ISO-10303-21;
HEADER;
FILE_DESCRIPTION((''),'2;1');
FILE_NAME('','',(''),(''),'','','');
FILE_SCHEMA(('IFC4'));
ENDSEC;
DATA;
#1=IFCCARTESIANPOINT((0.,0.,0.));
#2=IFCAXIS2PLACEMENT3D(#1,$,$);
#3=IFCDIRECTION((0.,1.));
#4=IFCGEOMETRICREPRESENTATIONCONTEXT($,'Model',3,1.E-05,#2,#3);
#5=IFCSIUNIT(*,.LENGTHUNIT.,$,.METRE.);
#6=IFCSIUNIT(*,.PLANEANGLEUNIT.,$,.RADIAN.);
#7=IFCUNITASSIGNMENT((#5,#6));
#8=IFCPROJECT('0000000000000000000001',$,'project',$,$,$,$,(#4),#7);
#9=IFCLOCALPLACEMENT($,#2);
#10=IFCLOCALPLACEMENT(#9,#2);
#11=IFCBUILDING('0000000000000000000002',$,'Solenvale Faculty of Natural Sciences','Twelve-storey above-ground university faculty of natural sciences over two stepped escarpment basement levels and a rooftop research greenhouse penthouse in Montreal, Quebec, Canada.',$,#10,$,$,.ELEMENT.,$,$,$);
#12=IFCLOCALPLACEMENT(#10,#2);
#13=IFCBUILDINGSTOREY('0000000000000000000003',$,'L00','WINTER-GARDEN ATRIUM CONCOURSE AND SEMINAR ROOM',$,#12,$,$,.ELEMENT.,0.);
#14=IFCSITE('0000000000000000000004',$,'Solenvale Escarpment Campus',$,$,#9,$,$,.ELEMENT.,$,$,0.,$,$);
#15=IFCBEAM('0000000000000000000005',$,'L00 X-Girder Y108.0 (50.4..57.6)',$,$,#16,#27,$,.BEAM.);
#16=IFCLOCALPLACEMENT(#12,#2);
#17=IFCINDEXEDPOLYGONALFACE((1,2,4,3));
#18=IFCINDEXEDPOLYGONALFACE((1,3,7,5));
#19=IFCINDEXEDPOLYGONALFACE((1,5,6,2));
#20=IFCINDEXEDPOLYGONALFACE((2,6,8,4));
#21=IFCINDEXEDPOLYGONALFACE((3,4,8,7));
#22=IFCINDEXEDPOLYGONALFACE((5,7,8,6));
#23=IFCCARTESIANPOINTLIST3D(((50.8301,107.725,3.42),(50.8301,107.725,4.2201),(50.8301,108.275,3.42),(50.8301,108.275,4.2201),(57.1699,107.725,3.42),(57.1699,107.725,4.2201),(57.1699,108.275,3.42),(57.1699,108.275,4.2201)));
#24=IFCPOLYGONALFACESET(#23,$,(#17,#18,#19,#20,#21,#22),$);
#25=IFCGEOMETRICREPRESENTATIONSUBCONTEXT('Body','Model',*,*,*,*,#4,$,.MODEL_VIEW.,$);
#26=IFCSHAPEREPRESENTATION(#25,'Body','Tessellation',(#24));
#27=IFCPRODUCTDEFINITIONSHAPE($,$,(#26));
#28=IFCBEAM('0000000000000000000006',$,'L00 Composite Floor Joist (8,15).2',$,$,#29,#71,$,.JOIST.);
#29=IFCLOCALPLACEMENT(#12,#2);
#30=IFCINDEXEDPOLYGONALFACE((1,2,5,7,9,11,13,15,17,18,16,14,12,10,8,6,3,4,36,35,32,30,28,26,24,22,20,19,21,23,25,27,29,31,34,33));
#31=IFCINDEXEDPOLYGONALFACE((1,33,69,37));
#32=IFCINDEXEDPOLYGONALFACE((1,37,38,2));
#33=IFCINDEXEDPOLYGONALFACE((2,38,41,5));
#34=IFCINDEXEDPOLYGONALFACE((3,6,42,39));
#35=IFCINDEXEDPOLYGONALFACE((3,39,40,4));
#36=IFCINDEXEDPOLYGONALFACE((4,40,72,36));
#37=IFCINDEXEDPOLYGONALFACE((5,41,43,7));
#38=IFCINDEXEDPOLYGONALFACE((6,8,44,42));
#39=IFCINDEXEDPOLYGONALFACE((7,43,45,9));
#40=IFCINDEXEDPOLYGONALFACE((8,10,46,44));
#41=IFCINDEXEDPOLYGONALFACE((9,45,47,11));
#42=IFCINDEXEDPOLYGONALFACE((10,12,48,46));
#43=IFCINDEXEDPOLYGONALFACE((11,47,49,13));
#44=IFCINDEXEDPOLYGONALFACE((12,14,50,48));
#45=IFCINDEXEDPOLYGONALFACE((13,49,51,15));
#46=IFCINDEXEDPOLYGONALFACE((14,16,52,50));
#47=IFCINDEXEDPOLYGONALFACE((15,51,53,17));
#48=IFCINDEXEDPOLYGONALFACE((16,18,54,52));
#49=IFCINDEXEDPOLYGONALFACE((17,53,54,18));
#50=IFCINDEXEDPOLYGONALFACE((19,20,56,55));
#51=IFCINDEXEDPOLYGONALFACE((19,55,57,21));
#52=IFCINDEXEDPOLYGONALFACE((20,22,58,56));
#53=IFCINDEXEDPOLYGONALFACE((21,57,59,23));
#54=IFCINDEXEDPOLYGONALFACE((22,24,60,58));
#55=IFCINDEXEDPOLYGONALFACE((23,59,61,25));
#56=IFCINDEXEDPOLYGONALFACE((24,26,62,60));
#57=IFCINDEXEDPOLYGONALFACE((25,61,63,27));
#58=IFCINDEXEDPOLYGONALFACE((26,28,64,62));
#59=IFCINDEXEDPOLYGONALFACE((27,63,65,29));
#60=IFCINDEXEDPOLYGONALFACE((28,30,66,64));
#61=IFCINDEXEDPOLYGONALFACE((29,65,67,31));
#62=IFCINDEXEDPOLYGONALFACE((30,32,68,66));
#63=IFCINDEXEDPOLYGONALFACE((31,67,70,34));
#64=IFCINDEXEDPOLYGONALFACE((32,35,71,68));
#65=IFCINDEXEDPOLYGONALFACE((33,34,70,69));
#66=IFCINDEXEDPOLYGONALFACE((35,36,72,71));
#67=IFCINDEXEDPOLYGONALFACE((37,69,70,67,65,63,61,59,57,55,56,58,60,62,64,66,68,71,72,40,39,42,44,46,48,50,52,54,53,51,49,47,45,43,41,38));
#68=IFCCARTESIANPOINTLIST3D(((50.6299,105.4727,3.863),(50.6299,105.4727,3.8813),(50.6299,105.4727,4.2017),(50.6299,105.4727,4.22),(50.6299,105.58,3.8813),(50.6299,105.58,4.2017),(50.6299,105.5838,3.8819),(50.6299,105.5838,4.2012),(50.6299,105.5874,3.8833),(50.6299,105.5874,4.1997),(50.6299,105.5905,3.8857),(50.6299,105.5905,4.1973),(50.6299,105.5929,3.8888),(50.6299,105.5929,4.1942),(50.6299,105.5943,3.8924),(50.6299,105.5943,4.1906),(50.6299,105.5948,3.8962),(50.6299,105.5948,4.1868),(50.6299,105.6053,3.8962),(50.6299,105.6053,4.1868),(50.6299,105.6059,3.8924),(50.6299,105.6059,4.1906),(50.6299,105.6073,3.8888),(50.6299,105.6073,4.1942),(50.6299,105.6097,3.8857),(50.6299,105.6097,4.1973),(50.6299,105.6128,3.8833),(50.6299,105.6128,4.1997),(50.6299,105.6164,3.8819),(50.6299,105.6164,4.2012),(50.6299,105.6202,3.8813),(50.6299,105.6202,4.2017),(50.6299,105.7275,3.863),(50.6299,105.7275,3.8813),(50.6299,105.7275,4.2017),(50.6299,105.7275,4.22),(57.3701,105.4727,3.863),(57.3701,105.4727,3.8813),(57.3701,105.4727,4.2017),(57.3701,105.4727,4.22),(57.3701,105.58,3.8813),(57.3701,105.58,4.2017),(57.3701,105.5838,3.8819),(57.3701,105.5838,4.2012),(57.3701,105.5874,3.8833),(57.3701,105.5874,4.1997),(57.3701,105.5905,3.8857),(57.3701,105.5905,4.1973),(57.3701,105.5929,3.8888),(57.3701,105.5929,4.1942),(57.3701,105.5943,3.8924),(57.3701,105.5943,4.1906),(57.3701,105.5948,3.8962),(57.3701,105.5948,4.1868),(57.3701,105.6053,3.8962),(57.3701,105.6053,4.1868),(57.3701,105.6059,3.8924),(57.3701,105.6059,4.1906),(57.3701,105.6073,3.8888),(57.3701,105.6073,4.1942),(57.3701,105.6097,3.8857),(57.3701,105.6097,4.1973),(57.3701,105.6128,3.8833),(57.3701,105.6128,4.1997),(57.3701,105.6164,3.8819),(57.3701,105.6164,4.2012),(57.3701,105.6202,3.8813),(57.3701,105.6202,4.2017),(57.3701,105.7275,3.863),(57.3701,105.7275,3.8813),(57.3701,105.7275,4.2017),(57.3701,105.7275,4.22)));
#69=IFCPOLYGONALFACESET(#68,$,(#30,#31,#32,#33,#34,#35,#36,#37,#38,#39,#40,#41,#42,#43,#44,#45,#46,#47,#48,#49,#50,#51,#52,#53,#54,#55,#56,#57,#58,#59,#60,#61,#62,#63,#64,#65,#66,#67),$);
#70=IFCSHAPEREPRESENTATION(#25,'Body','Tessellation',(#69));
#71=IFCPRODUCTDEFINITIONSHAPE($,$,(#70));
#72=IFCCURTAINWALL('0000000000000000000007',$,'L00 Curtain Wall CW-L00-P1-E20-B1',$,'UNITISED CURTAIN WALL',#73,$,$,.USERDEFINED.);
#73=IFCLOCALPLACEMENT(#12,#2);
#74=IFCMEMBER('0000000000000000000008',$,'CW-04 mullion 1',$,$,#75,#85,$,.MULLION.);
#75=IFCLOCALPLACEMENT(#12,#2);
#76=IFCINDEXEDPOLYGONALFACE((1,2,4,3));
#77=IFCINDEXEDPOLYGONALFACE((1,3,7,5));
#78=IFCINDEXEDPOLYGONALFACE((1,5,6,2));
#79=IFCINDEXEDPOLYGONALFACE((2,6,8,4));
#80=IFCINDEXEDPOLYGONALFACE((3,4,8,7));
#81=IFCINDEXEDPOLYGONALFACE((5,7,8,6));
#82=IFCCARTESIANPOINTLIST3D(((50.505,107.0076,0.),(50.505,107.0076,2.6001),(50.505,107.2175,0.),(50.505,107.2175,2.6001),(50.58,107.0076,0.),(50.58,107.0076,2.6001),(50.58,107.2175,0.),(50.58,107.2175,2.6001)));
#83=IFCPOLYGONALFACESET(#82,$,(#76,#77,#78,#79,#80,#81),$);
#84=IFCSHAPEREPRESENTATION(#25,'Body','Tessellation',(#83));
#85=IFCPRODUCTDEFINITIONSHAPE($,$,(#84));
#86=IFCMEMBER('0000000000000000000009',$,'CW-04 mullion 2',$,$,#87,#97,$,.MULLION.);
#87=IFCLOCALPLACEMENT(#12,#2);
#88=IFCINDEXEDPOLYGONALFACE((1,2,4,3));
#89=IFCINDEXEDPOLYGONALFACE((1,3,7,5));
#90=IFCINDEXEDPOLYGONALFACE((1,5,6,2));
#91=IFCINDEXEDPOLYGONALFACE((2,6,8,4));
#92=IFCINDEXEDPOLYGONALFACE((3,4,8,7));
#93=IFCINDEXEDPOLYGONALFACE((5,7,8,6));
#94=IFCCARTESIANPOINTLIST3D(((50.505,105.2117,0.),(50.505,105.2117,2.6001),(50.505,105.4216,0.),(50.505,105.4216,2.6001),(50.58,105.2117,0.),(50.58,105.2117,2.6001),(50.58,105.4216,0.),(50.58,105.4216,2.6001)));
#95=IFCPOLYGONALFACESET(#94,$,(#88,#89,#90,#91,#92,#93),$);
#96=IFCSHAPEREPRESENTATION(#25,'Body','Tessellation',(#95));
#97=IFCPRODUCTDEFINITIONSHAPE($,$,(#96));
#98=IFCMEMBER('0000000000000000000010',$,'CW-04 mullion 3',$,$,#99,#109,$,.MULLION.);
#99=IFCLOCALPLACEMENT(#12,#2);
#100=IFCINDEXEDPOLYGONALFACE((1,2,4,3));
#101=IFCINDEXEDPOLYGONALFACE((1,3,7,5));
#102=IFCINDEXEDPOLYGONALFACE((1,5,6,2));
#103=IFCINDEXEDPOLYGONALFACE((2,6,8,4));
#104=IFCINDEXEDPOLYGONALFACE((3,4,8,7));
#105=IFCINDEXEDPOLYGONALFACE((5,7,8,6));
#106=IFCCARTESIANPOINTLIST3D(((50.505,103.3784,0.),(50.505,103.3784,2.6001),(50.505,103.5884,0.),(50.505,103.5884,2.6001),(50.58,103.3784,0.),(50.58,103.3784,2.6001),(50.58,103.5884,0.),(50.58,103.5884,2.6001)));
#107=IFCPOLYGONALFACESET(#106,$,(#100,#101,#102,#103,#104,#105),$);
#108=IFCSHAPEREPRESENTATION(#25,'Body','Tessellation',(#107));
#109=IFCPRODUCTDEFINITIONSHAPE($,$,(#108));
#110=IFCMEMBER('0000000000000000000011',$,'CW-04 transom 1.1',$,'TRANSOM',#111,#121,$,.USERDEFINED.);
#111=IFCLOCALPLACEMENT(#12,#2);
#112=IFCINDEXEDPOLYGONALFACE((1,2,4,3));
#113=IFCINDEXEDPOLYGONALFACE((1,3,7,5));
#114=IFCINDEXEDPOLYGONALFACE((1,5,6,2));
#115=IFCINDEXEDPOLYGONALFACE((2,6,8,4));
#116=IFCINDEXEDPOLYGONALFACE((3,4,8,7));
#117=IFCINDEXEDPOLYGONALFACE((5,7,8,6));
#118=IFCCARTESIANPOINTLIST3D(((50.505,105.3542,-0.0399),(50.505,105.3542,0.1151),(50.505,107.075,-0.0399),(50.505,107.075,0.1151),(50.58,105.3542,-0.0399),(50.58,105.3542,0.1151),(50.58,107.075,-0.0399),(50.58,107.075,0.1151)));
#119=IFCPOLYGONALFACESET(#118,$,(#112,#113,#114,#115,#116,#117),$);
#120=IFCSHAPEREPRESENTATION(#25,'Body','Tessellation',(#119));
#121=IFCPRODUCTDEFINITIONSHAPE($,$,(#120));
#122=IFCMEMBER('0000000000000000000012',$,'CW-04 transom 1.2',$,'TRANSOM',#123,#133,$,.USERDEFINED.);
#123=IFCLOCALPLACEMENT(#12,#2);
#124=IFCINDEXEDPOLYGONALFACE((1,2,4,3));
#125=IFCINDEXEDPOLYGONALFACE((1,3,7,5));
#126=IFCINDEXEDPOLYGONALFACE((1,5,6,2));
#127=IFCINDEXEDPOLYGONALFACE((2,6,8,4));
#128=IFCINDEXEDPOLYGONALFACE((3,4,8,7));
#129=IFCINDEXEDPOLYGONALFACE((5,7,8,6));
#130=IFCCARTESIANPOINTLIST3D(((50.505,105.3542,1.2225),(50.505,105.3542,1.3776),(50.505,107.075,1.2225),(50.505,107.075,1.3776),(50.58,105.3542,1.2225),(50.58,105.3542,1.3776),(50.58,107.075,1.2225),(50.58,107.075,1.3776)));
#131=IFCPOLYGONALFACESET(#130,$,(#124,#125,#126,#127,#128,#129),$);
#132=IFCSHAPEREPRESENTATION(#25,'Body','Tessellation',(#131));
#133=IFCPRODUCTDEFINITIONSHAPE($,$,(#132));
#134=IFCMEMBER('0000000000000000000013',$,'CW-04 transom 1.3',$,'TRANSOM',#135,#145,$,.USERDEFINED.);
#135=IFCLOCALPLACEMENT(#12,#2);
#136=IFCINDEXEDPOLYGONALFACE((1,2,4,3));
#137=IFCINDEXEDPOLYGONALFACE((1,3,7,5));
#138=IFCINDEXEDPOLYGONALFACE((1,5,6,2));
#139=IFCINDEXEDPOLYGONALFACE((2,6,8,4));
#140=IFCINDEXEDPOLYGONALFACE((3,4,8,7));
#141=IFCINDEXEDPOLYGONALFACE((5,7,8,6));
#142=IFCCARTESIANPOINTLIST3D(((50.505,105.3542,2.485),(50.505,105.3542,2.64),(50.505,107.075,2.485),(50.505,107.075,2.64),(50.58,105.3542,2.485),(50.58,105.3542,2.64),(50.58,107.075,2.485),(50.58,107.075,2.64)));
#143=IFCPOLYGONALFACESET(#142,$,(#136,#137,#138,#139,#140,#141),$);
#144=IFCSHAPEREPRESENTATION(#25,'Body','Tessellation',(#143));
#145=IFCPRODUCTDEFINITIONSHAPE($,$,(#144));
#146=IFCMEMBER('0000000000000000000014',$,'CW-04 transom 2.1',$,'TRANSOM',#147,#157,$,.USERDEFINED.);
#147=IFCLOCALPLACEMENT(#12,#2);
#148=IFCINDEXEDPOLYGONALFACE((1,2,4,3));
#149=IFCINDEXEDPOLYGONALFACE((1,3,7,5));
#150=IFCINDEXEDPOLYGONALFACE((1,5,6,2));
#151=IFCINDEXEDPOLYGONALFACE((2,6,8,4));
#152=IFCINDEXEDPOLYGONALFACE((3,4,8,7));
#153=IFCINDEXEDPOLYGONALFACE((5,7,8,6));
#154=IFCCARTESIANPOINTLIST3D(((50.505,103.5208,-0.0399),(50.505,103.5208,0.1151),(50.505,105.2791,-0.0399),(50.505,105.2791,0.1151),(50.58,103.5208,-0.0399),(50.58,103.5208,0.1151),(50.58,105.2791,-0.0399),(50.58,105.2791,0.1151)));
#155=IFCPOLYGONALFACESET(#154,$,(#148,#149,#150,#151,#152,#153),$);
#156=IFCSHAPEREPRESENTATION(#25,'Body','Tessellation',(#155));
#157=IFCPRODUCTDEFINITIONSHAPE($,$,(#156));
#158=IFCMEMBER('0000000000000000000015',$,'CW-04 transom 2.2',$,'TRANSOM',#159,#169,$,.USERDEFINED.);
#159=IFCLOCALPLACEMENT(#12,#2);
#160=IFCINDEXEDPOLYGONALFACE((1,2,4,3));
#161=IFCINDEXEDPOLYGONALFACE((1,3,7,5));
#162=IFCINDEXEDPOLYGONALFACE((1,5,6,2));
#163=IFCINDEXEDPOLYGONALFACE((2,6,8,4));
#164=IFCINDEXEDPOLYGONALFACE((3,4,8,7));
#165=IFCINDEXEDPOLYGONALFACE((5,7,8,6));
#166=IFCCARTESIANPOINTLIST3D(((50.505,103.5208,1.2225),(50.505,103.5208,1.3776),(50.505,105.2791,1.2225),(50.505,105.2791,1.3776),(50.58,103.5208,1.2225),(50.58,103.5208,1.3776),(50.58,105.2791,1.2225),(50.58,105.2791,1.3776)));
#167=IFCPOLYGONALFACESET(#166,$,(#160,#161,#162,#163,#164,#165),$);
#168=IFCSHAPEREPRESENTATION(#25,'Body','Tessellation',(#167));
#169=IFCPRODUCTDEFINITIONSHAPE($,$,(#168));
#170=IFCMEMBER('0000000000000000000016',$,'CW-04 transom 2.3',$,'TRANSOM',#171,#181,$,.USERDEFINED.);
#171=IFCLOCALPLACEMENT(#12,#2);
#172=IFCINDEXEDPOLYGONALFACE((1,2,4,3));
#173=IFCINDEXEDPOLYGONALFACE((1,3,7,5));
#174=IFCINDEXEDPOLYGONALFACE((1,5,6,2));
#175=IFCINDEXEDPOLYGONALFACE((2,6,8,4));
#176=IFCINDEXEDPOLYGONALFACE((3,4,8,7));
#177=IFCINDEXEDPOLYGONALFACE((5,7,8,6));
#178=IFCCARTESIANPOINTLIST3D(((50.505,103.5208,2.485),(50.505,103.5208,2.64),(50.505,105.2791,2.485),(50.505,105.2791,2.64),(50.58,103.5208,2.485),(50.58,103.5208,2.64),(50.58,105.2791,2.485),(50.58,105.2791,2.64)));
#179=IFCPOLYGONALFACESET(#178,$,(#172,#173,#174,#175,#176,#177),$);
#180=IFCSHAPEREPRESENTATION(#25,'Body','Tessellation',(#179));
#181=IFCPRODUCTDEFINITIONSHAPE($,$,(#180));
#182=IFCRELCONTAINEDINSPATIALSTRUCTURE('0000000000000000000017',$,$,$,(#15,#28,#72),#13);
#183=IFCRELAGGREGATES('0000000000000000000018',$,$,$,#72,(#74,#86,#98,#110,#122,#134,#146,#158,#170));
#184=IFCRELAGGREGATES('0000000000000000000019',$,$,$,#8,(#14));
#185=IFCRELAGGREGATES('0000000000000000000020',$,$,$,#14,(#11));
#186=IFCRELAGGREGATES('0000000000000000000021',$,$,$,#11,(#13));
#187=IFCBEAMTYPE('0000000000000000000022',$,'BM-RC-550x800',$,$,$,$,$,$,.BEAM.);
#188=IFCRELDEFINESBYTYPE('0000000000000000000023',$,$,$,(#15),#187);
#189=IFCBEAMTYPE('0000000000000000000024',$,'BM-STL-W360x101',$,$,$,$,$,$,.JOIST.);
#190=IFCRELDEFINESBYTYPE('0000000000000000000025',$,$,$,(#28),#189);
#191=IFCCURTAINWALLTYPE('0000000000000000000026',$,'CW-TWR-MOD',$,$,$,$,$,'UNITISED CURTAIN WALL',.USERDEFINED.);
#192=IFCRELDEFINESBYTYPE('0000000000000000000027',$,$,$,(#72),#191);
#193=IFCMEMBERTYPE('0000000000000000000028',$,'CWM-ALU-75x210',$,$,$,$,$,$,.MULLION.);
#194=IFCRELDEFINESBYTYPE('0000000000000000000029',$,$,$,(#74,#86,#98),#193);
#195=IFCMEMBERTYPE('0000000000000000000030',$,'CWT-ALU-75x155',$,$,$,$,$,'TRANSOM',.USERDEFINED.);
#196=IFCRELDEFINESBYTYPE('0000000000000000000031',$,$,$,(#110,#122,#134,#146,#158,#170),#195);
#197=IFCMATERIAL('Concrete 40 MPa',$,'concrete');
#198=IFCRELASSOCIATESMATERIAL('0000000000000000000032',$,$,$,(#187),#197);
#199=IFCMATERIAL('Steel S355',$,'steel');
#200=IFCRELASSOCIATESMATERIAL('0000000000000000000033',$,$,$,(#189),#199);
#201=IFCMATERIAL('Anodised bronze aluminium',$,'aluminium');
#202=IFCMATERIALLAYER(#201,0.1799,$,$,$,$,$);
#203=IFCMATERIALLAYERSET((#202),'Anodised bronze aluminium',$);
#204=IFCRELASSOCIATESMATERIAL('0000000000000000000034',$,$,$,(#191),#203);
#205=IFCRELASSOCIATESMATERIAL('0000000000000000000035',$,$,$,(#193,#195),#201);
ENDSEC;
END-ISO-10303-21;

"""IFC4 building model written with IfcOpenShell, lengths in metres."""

from ifc_helpers import new_model, si_unit, direction, frame, origin, origin_2d, place, context, subcontext, project, spatial, rectangle, i_section, extrude, material, layer, layer_set, material_profile, profile_set, type_object, element, aggregate, save


model = new_model("IFC4")

# Units and contexts
model_context = context("Model", 3, precision=1e-05, world=origin(), true_north=direction((0.0, 1.0)))
body_context = subcontext(model_context, "Body", "Model", "MODEL_VIEW")
ifc_project = project(units=[si_unit("LENGTHUNIT", "METRE"), si_unit("PLANEANGLEUNIT", "RADIAN")], contexts=[model_context])

# Site, building, storey
site_placement = place(None, origin())
site = spatial("IfcSite", under=ifc_project, at=site_placement, Name="Solenvale Escarpment Campus", CompositionType="ELEMENT", RefElevation=0.0)
building_placement = place(site_placement, origin())
building = spatial("IfcBuilding", under=site, at=building_placement, Name="Solenvale Faculty of Natural Sciences", Description="Twelve-storey above-ground university faculty of natural sciences over two stepped escarpment basement levels and a rooftop research greenhouse penthouse in Montreal, Quebec, Canada.", CompositionType="ELEMENT")
storey_placement = place(building_placement, origin())
storey = spatial("IfcBuildingStorey", under=building, at=storey_placement, Name="L00", Description="WINTER-GARDEN ATRIUM CONCOURSE AND SEMINAR ROOM", CompositionType="ELEMENT", Elevation=0.0)

# Beams
ifc_material_1 = material(Name="Concrete 40 MPa", Category="concrete")
ifc_material_profile_1 = material_profile(ifc_material_1, rectangle(XDim=0.55, YDim=0.8, at=origin_2d()), Name="RC-BM-550x800")
ifc_profile_set_1 = profile_set([ifc_material_profile_1], Name="Concrete 40 MPa")
beam_type_1 = type_object("IfcBeamType", Name="BM-RC-550x800", PredefinedType="BEAM", material=ifc_profile_set_1)
beam_1_placement = place(storey_placement, frame((50.8301, 108.0, 3.8201), z_axis=(1.0, 0.0, 0.0), x_axis=(0.0, 1.0, 0.0)))
element("IfcBeam", 1, at=beam_1_placement, inside=storey, type_object=beam_type_1, Name="L00 X-Girder Y108.0 (50.4..57.6)", PredefinedType="BEAM", context=body_context, shape_type="SweptSolid", body=[
    extrude(rectangle(XDim=0.55, YDim=0.8, at=origin_2d()), origin(), (0.0, 0.0, 1.0), 6.3398),
])
ifc_material_2 = material(Name="Steel S355", Category="steel")
ifc_material_profile_2 = material_profile(ifc_material_2, i_section(OverallWidth=0.2549, OverallDepth=0.3569, WebThickness=0.0105, FlangeThickness=0.0183, FilletRadius=0.0149, at=origin_2d()), Name="W360x101")
ifc_profile_set_2 = profile_set([ifc_material_profile_2], Name="Steel S355")
beam_type_2 = type_object("IfcBeamType", Name="BM-STL-W360x101", PredefinedType="JOIST", material=ifc_profile_set_2)
beam_2_placement = place(storey_placement, frame((50.6299, 105.6001, 4.0415), z_axis=(1.0, 0.0, 0.0), x_axis=(0.0, 1.0, 0.0)))
element("IfcBeam", 2, at=beam_2_placement, inside=storey, type_object=beam_type_2, Name="L00 Composite Floor Joist (8,15).2", PredefinedType="JOIST", context=body_context, shape_type="SweptSolid", body=[
    extrude(i_section(OverallWidth=0.2549, OverallDepth=0.3569, WebThickness=0.0105, FlangeThickness=0.0183, FilletRadius=0.0149, at=origin_2d()), origin(), (0.0, 0.0, 1.0), 6.7402),
])

# Curtain wall, members
ifc_material_3 = material(Name="Anodised bronze aluminium", Category="aluminium")
ifc_layer_1 = layer(ifc_material_3, 0.1799)
ifc_layer_set_1 = layer_set([ifc_layer_1], Name="Anodised bronze aluminium")
curtain_wall_type = type_object("IfcCurtainWallType", Name="CW-TWR-MOD", ElementType="UNITISED CURTAIN WALL", PredefinedType="USERDEFINED", material=ifc_layer_set_1)
curtain_wall_placement = place(storey_placement, origin())
curtain_wall = element("IfcCurtainWall", 3, at=curtain_wall_placement, inside=storey, type_object=curtain_wall_type, Name="L00 Curtain Wall CW-L00-P1-E20-B1", ObjectType="UNITISED CURTAIN WALL", PredefinedType="USERDEFINED")
ifc_material_profile_3 = material_profile(ifc_material_3, rectangle(XDim=0.075, YDim=0.21, at=origin_2d()), Name="ALU-MUL-75x210")
ifc_profile_set_3 = profile_set([ifc_material_profile_3], Name="Anodised bronze aluminium")
member_type_1 = type_object("IfcMemberType", Name="CWM-ALU-75x210", PredefinedType="MULLION", material=ifc_profile_set_3)
member_1_placement = place(storey_placement, frame((50.5425, 107.1125, 0.0), z_axis=(0.0, 0.0, 1.0), x_axis=(1.0, 0.0, 0.0)))
member_1 = element("IfcMember", 4, at=member_1_placement, type_object=member_type_1, Name="CW-04 mullion 1", PredefinedType="MULLION", context=body_context, shape_type="SweptSolid", body=[
    extrude(rectangle(XDim=0.075, YDim=0.21, at=origin_2d()), origin(), (0.0, 0.0, 1.0), 2.6001),
])
member_2_placement = place(storey_placement, frame((50.5425, 105.3167, 0.0), z_axis=(0.0, 0.0, 1.0), x_axis=(1.0, 0.0, 0.0)))
member_2 = element("IfcMember", 5, at=member_2_placement, type_object=member_type_1, Name="CW-04 mullion 2", PredefinedType="MULLION", context=body_context, shape_type="SweptSolid", body=[
    extrude(rectangle(XDim=0.075, YDim=0.21, at=origin_2d()), origin(), (0.0, 0.0, 1.0), 2.6001),
])
member_3_placement = place(storey_placement, frame((50.5425, 103.4834, 0.0), z_axis=(0.0, 0.0, 1.0), x_axis=(1.0, 0.0, 0.0)))
member_3 = element("IfcMember", 6, at=member_3_placement, type_object=member_type_1, Name="CW-04 mullion 3", PredefinedType="MULLION", context=body_context, shape_type="SweptSolid", body=[
    extrude(rectangle(XDim=0.075, YDim=0.21, at=origin_2d()), origin(), (0.0, 0.0, 1.0), 2.6001),
])
ifc_material_profile_4 = material_profile(ifc_material_3, rectangle(XDim=0.075, YDim=0.155, at=origin_2d()), Name="ALU-TRN-75x155")
ifc_profile_set_4 = profile_set([ifc_material_profile_4], Name="Anodised bronze aluminium")
member_type_2 = type_object("IfcMemberType", Name="CWT-ALU-75x155", ElementType="TRANSOM", PredefinedType="USERDEFINED", material=ifc_profile_set_4)
member_4_placement = place(storey_placement, frame((50.5425, 107.075, 0.0376), z_axis=(0.0, -1.0, 0.0), x_axis=(1.0, 0.0, 0.0)))
member_4 = element("IfcMember", 7, at=member_4_placement, type_object=member_type_2, Name="CW-04 transom 1.1", ObjectType="TRANSOM", PredefinedType="USERDEFINED", context=body_context, shape_type="SweptSolid", body=[
    extrude(rectangle(XDim=0.075, YDim=0.155, at=origin_2d()), origin(), (0.0, 0.0, 1.0), 1.7207),
])
member_5_placement = place(storey_placement, frame((50.5425, 107.075, 1.3), z_axis=(0.0, -1.0, 0.0), x_axis=(1.0, 0.0, 0.0)))
member_5 = element("IfcMember", 8, at=member_5_placement, type_object=member_type_2, Name="CW-04 transom 1.2", ObjectType="TRANSOM", PredefinedType="USERDEFINED", context=body_context, shape_type="SweptSolid", body=[
    extrude(rectangle(XDim=0.075, YDim=0.155, at=origin_2d()), origin(), (0.0, 0.0, 1.0), 1.7207),
])
member_6_placement = place(storey_placement, frame((50.5425, 107.075, 2.5625), z_axis=(0.0, -1.0, 0.0), x_axis=(1.0, 0.0, 0.0)))
member_6 = element("IfcMember", 9, at=member_6_placement, type_object=member_type_2, Name="CW-04 transom 1.3", ObjectType="TRANSOM", PredefinedType="USERDEFINED", context=body_context, shape_type="SweptSolid", body=[
    extrude(rectangle(XDim=0.075, YDim=0.155, at=origin_2d()), origin(), (0.0, 0.0, 1.0), 1.7207),
])
member_7_placement = place(storey_placement, frame((50.5425, 105.2791, 0.0376), z_axis=(0.0, -1.0, 0.0), x_axis=(1.0, 0.0, 0.0)))
member_7 = element("IfcMember", 10, at=member_7_placement, type_object=member_type_2, Name="CW-04 transom 2.1", ObjectType="TRANSOM", PredefinedType="USERDEFINED", context=body_context, shape_type="SweptSolid", body=[
    extrude(rectangle(XDim=0.075, YDim=0.155, at=origin_2d()), origin(), (0.0, 0.0, 1.0), 1.7583),
])
member_8_placement = place(storey_placement, frame((50.5425, 105.2791, 1.3), z_axis=(0.0, -1.0, 0.0), x_axis=(1.0, 0.0, 0.0)))
member_8 = element("IfcMember", 11, at=member_8_placement, type_object=member_type_2, Name="CW-04 transom 2.2", ObjectType="TRANSOM", PredefinedType="USERDEFINED", context=body_context, shape_type="SweptSolid", body=[
    extrude(rectangle(XDim=0.075, YDim=0.155, at=origin_2d()), origin(), (0.0, 0.0, 1.0), 1.7583),
])
member_9_placement = place(storey_placement, frame((50.5425, 105.2791, 2.5625), z_axis=(0.0, -1.0, 0.0), x_axis=(1.0, 0.0, 0.0)))
member_9 = element("IfcMember", 12, at=member_9_placement, type_object=member_type_2, Name="CW-04 transom 2.3", ObjectType="TRANSOM", PredefinedType="USERDEFINED", context=body_context, shape_type="SweptSolid", body=[
    extrude(rectangle(XDim=0.075, YDim=0.155, at=origin_2d()), origin(), (0.0, 0.0, 1.0), 1.7583),
])
aggregate(curtain_wall, [member_1, member_2, member_3, member_4, member_5, member_6, member_7, member_8, member_9])

save(model, "model.ifc")
